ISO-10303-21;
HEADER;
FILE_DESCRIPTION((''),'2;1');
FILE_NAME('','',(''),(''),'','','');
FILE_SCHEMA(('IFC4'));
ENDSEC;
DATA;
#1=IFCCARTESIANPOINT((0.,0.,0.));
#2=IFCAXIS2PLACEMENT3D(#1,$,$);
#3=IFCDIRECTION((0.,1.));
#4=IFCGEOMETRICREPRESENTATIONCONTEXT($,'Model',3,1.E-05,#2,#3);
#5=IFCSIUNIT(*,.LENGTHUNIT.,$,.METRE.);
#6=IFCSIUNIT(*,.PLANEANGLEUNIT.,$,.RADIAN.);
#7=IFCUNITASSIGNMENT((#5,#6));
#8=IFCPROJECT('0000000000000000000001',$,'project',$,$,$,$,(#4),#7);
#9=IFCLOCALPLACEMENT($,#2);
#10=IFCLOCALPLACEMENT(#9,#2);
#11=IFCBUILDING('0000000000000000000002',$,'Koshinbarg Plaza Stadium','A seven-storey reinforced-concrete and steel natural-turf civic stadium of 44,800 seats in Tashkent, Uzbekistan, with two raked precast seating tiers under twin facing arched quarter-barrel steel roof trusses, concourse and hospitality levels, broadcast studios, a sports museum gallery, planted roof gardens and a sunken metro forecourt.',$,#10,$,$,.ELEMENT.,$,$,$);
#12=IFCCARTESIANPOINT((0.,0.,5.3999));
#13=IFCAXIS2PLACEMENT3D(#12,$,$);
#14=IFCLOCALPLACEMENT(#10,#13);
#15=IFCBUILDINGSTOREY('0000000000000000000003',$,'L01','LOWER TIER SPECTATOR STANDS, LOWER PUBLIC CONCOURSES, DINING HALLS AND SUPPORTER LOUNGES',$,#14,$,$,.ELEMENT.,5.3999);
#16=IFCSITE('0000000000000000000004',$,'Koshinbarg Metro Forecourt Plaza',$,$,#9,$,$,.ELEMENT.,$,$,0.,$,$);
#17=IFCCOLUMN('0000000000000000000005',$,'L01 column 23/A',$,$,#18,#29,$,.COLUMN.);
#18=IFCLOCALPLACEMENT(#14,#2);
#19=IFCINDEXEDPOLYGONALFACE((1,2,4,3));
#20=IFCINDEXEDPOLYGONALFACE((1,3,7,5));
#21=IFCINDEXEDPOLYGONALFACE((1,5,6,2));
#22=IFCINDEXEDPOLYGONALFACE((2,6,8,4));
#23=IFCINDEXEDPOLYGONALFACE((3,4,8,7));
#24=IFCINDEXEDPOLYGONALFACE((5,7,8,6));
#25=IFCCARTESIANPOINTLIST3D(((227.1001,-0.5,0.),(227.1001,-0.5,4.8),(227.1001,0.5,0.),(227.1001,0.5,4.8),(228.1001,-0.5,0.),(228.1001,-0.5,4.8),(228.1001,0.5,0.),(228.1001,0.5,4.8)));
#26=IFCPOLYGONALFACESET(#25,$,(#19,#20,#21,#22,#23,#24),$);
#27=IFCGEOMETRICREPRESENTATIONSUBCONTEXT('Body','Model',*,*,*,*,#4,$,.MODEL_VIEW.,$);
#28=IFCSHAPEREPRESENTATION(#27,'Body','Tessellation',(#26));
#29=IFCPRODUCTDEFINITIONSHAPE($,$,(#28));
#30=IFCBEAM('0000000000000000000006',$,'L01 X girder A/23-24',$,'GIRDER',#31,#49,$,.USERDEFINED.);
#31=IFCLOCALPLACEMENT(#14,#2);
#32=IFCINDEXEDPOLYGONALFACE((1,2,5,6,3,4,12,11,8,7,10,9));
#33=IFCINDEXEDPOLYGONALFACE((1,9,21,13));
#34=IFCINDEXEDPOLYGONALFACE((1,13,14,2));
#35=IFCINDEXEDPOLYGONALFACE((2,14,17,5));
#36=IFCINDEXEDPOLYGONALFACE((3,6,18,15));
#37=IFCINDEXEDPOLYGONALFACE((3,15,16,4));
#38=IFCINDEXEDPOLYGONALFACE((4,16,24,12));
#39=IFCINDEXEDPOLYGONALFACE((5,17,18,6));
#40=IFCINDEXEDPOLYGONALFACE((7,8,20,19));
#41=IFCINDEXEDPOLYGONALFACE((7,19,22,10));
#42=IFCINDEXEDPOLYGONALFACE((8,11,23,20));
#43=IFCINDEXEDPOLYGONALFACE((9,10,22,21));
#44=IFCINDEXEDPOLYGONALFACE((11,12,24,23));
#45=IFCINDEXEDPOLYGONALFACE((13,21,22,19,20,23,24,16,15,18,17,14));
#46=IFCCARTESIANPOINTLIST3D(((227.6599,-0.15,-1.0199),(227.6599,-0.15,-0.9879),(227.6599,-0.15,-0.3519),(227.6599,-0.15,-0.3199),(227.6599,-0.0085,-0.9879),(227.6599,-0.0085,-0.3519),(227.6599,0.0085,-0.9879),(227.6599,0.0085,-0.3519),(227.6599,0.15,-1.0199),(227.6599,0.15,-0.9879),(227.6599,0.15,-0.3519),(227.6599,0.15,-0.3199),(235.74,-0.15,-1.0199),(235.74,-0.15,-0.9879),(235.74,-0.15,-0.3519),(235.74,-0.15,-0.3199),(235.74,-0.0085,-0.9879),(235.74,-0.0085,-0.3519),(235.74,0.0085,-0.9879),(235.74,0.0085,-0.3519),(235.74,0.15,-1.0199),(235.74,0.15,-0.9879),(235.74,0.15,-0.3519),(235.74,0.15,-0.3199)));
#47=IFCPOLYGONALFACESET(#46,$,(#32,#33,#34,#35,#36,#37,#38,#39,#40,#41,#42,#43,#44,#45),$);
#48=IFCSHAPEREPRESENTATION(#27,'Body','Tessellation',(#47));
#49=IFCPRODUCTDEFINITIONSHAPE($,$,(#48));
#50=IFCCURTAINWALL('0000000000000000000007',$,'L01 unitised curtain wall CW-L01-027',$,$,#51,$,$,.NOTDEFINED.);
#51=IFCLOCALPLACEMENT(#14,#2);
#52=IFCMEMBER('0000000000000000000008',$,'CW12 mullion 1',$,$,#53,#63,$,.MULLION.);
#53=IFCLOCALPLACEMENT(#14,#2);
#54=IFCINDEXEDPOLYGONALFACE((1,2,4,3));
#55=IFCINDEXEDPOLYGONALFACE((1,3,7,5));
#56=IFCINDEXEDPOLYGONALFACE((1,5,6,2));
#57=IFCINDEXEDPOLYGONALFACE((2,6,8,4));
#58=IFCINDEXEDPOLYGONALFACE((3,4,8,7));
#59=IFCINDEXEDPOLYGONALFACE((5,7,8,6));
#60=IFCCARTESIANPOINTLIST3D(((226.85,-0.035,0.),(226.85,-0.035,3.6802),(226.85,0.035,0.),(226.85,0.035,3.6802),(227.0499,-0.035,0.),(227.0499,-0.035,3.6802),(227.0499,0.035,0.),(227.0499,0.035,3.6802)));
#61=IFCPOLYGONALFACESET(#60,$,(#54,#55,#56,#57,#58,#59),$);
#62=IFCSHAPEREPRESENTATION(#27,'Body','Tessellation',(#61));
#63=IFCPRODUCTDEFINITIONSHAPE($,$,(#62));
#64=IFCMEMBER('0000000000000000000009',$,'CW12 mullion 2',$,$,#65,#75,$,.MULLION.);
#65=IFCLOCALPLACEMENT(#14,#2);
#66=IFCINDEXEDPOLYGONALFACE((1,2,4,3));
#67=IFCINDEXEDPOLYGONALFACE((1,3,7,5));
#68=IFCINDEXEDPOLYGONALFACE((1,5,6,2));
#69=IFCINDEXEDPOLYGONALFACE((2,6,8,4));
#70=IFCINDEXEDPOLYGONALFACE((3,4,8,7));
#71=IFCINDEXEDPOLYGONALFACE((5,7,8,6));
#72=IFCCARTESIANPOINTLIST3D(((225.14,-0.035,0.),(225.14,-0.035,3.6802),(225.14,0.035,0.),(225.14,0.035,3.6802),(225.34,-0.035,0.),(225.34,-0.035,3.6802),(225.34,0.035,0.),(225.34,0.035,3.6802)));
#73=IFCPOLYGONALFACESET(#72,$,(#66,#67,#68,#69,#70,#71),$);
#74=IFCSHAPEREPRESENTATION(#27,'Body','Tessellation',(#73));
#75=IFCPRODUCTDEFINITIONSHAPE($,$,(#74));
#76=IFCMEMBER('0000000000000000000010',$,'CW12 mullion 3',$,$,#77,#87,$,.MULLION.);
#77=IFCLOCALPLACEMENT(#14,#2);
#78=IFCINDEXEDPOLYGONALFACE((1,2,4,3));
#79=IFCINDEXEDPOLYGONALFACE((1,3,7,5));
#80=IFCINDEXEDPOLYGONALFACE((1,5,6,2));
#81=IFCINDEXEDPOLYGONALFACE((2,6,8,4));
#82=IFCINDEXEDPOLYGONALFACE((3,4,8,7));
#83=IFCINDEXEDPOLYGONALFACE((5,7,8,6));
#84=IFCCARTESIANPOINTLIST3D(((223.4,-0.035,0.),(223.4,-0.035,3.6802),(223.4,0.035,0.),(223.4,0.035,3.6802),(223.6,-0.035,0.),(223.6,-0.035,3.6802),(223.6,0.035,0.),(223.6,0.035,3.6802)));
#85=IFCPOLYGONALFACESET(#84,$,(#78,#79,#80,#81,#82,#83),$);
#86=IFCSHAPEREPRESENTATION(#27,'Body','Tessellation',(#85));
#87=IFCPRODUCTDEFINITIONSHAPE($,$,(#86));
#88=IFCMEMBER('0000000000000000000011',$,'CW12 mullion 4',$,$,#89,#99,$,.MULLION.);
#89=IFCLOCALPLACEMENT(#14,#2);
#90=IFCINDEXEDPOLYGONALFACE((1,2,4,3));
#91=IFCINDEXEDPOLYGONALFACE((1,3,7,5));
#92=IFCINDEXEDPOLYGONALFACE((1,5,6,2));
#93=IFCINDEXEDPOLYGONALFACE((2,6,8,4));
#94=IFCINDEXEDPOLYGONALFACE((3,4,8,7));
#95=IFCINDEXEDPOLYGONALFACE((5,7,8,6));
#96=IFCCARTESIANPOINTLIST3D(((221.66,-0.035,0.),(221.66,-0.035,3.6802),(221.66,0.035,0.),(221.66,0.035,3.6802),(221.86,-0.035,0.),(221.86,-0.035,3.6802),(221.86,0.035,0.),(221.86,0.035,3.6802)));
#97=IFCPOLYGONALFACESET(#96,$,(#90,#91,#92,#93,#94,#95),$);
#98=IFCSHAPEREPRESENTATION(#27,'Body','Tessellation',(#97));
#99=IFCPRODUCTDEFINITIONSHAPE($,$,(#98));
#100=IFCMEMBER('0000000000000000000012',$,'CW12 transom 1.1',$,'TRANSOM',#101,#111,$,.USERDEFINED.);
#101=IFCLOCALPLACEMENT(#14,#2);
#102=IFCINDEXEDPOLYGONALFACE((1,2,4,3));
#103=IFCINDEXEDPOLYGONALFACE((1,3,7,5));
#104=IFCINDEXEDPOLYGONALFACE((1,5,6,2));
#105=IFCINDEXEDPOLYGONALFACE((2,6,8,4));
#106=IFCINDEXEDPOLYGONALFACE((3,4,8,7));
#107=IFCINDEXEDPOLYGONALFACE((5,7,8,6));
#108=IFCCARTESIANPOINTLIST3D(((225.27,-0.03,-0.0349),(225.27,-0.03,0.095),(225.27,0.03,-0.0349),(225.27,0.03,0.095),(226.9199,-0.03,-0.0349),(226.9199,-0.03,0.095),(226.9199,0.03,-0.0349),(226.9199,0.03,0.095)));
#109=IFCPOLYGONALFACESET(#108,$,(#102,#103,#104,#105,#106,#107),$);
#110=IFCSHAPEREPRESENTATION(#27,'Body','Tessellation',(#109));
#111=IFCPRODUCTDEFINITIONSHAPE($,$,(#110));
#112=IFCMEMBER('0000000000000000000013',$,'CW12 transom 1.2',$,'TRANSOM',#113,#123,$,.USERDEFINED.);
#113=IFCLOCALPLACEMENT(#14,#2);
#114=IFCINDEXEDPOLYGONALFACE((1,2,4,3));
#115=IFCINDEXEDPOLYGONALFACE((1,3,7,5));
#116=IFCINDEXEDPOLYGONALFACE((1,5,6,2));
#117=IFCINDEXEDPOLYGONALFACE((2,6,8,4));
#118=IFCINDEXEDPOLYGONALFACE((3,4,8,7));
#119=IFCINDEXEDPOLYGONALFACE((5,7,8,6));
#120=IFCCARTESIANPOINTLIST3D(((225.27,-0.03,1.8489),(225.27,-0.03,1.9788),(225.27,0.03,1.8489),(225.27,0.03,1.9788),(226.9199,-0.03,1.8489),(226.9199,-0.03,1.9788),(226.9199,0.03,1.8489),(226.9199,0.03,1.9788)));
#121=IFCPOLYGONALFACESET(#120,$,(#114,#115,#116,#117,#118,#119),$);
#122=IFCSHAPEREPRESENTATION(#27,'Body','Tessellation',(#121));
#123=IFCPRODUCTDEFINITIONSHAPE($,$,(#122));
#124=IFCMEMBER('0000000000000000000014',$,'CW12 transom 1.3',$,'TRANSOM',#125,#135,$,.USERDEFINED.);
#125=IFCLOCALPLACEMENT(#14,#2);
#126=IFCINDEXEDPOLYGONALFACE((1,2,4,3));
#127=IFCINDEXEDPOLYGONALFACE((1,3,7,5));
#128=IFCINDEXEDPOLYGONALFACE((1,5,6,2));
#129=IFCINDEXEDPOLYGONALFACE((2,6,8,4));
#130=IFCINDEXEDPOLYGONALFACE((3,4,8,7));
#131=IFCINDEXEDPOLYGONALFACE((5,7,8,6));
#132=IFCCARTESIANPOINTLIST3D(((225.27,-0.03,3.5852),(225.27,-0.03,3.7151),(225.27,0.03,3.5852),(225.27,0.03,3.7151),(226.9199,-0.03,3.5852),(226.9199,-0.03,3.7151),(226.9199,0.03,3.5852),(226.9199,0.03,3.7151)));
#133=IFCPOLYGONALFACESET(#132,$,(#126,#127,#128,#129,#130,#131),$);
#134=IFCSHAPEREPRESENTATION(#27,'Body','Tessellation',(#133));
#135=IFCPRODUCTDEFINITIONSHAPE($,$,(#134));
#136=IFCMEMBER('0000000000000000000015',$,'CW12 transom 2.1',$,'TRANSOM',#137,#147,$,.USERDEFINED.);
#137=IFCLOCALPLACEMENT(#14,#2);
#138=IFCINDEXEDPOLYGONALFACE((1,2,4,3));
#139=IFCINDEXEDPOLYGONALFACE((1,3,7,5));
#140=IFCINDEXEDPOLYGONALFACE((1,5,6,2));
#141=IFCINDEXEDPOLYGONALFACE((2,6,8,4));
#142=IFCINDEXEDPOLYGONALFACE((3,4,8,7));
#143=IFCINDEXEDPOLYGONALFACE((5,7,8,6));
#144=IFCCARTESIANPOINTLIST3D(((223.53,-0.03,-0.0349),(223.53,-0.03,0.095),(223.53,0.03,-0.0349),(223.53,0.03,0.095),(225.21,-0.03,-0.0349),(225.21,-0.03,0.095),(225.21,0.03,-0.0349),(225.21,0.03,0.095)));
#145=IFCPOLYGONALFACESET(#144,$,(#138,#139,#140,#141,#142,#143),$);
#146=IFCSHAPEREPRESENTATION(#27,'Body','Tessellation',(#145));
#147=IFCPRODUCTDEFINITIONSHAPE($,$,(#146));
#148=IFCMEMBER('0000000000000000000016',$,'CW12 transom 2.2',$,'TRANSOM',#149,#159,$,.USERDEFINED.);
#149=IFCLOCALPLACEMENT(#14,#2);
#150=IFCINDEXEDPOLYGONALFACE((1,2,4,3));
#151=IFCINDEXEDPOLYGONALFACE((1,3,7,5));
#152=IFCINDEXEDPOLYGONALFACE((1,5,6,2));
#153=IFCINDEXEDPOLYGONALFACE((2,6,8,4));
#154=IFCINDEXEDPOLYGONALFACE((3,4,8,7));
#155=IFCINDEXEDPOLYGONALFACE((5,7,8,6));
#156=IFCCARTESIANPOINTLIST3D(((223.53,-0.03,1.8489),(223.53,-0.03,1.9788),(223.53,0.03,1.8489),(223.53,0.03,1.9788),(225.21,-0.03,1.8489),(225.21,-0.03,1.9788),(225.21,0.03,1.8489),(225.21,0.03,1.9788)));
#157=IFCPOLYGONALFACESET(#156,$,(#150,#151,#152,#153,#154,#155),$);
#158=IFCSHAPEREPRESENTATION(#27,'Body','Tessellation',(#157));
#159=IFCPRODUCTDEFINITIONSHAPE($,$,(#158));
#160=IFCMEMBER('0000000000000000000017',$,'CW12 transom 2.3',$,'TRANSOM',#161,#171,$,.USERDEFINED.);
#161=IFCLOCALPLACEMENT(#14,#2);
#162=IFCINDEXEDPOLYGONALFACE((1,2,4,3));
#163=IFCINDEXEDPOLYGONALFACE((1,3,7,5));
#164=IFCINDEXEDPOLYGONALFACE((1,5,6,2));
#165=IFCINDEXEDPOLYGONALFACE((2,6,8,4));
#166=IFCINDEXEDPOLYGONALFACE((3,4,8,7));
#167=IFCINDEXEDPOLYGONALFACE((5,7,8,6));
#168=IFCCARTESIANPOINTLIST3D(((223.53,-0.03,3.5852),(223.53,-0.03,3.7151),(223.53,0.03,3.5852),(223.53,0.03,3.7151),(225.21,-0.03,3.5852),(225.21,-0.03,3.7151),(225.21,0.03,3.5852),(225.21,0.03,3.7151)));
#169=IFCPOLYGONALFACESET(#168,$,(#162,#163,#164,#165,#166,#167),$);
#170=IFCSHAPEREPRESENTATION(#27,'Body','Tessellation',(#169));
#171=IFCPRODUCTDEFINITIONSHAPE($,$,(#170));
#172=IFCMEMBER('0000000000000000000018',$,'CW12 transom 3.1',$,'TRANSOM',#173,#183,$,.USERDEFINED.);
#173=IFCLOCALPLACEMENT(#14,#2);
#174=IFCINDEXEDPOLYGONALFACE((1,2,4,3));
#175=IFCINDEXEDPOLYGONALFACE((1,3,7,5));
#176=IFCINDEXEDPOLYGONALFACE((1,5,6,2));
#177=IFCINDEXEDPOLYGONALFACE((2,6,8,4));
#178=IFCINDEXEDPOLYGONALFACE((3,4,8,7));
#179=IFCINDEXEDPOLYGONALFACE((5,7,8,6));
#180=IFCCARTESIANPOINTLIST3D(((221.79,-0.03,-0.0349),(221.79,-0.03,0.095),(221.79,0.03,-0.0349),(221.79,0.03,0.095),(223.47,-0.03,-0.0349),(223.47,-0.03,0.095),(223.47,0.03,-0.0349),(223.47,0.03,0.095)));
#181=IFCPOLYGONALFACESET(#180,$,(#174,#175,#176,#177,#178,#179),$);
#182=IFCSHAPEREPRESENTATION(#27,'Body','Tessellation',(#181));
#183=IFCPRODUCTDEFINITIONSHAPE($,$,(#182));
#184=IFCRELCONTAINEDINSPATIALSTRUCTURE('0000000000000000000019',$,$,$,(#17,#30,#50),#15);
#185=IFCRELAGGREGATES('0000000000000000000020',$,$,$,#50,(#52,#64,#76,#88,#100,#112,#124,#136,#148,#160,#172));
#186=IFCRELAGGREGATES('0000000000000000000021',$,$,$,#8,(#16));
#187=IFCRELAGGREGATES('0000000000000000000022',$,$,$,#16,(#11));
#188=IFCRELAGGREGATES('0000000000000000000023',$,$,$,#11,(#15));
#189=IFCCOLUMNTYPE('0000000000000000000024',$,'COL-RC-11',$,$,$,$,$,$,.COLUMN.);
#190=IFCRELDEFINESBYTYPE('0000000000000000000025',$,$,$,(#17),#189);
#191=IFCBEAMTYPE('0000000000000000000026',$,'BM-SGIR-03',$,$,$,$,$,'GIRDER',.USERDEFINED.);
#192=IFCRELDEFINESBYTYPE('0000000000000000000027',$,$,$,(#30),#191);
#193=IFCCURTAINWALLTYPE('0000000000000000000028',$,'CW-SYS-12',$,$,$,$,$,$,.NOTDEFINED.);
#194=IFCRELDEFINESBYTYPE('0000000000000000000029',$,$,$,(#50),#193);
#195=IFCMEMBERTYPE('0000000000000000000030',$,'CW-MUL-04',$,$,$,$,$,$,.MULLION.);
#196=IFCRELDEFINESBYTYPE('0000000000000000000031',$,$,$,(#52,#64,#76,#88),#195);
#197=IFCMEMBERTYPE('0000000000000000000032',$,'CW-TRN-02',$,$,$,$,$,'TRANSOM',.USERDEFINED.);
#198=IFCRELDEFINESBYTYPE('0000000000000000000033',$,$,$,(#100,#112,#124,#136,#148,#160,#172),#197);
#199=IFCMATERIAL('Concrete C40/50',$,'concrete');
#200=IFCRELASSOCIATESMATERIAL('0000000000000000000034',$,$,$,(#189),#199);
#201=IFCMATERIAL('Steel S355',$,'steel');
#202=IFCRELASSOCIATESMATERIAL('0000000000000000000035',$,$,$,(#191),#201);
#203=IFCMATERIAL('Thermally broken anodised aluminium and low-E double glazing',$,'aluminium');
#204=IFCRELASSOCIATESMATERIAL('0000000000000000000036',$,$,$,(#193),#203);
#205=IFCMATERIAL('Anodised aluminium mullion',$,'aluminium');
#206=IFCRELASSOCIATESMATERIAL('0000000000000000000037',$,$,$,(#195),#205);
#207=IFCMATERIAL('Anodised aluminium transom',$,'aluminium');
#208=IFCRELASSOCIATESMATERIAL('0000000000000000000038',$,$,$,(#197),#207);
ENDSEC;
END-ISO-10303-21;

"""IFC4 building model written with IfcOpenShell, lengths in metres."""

from ifc_helpers import new_model, si_unit, direction, frame, origin, origin_2d, place, context, subcontext, project, spatial, rectangle, i_section, extrude, material, material_profile, profile_set, type_object, element, aggregate, save


model = new_model("IFC4")

# Units and contexts
model_context = context("Model", 3, precision=1e-05, world=origin(), true_north=direction((0.0, 1.0)))
body_context = subcontext(model_context, "Body", "Model", "MODEL_VIEW")
ifc_project = project(units=[si_unit("LENGTHUNIT", "METRE"), si_unit("PLANEANGLEUNIT", "RADIAN")], contexts=[model_context])

# Site, building, storey
site_placement = place(None, origin())
site = spatial("IfcSite", under=ifc_project, at=site_placement, Name="Koshinbarg Metro Forecourt Plaza", CompositionType="ELEMENT", RefElevation=0.0)
building_placement = place(site_placement, origin())
building = spatial("IfcBuilding", under=site, at=building_placement, Name="Koshinbarg Plaza Stadium", Description="A seven-storey reinforced-concrete and steel natural-turf civic stadium of 44,800 seats in Tashkent, Uzbekistan, with two raked precast seating tiers under twin facing arched quarter-barrel steel roof trusses, concourse and hospitality levels, broadcast studios, a sports museum gallery, planted roof gardens and a sunken metro forecourt.", CompositionType="ELEMENT")
storey_placement = place(building_placement, frame((0.0, 0.0, 5.3999)))
storey = spatial("IfcBuildingStorey", under=building, at=storey_placement, Name="L01", Description="LOWER TIER SPECTATOR STANDS, LOWER PUBLIC CONCOURSES, DINING HALLS AND SUPPORTER LOUNGES", CompositionType="ELEMENT", Elevation=5.3999)

# Column
ifc_material_1 = material(Name="Concrete C40/50", Category="concrete")
ifc_material_profile_1 = material_profile(ifc_material_1, rectangle(XDim=1.0, YDim=1.0, at=origin_2d()), Name="RC 1000x1000")
ifc_profile_set_1 = profile_set([ifc_material_profile_1], Name="Concrete C40/50")
column_type = type_object("IfcColumnType", Name="COL-RC-11", PredefinedType="COLUMN", material=ifc_profile_set_1)
column_placement = place(storey_placement, frame((227.6001, 0.0, 0.0), z_axis=(0.0, 0.0, 1.0), x_axis=(1.0, 0.0, 0.0)))
element("IfcColumn", 1, at=column_placement, inside=storey, type_object=column_type, Name="L01 column 23/A", PredefinedType="COLUMN", context=body_context, shape_type="SweptSolid", body=[
    extrude(rectangle(XDim=1.0, YDim=1.0, at=origin_2d()), origin(), (0.0, 0.0, 1.0), 4.8),
])

# Beam
ifc_material_2 = material(Name="Steel S355", Category="steel")
ifc_material_profile_2 = material_profile(ifc_material_2, i_section(OverallWidth=0.3, OverallDepth=0.7, WebThickness=0.0171, FlangeThickness=0.032, at=origin_2d()), Name="HEB 700")
ifc_profile_set_2 = profile_set([ifc_material_profile_2], Name="Steel S355")
beam_type = type_object("IfcBeamType", Name="BM-SGIR-03", ElementType="GIRDER", PredefinedType="USERDEFINED", material=ifc_profile_set_2)
beam_placement = place(storey_placement, frame((227.6599, 0.0, -0.6699), z_axis=(1.0, 0.0, 0.0), x_axis=(0.0, 1.0, 0.0)))
element("IfcBeam", 2, at=beam_placement, inside=storey, type_object=beam_type, Name="L01 X girder A/23-24", ObjectType="GIRDER", PredefinedType="USERDEFINED", context=body_context, shape_type="SweptSolid", body=[
    extrude(i_section(OverallWidth=0.3, OverallDepth=0.7, WebThickness=0.0171, FlangeThickness=0.032, at=origin_2d()), origin(), (0.0, 0.0, 1.0), 8.0801),
])

# Curtain wall, members
ifc_material_3 = material(Name="Thermally broken anodised aluminium and low-E double glazing", Category="aluminium")
curtain_wall_type = type_object("IfcCurtainWallType", Name="CW-SYS-12", PredefinedType="NOTDEFINED", material=ifc_material_3)
curtain_wall_placement = place(storey_placement, origin())
curtain_wall = element("IfcCurtainWall", 3, at=curtain_wall_placement, inside=storey, type_object=curtain_wall_type, Name="L01 unitised curtain wall CW-L01-027", PredefinedType="NOTDEFINED")
ifc_material_4 = material(Name="Anodised aluminium mullion", Category="aluminium")
ifc_material_profile_3 = material_profile(ifc_material_4, rectangle(XDim=0.0701, YDim=0.2, at=origin_2d()), Name="ALU 70x200")
ifc_profile_set_3 = profile_set([ifc_material_profile_3], Name="Anodised aluminium mullion")
member_type_1 = type_object("IfcMemberType", Name="CW-MUL-04", PredefinedType="MULLION", material=ifc_profile_set_3)
member_1_placement = place(storey_placement, frame((226.95, 0.0, 0.0), z_axis=(0.0, 0.0, 1.0), x_axis=(0.0, -1.0, 0.0)))
member_1 = element("IfcMember", 4, at=member_1_placement, type_object=member_type_1, Name="CW12 mullion 1", PredefinedType="MULLION", context=body_context, shape_type="SweptSolid", body=[
    extrude(rectangle(XDim=0.0701, YDim=0.2, at=origin_2d()), origin(), (0.0, 0.0, 1.0), 3.6802),
])
member_2_placement = place(storey_placement, frame((225.24, 0.0, 0.0), z_axis=(0.0, 0.0, 1.0), x_axis=(0.0, -1.0, 0.0)))
member_2 = element("IfcMember", 5, at=member_2_placement, type_object=member_type_1, Name="CW12 mullion 2", PredefinedType="MULLION", context=body_context, shape_type="SweptSolid", body=[
    extrude(rectangle(XDim=0.0701, YDim=0.2, at=origin_2d()), origin(), (0.0, 0.0, 1.0), 3.6802),
])
member_3_placement = place(storey_placement, frame((223.5, 0.0, 0.0), z_axis=(0.0, 0.0, 1.0), x_axis=(0.0, -1.0, 0.0)))
member_3 = element("IfcMember", 6, at=member_3_placement, type_object=member_type_1, Name="CW12 mullion 3", PredefinedType="MULLION", context=body_context, shape_type="SweptSolid", body=[
    extrude(rectangle(XDim=0.0701, YDim=0.2, at=origin_2d()), origin(), (0.0, 0.0, 1.0), 3.6802),
])
member_4_placement = place(storey_placement, frame((221.76, 0.0, 0.0), z_axis=(0.0, 0.0, 1.0), x_axis=(0.0, -1.0, 0.0)))
member_4 = element("IfcMember", 7, at=member_4_placement, type_object=member_type_1, Name="CW12 mullion 4", PredefinedType="MULLION", context=body_context, shape_type="SweptSolid", body=[
    extrude(rectangle(XDim=0.0701, YDim=0.2, at=origin_2d()), origin(), (0.0, 0.0, 1.0), 3.6802),
])
ifc_material_5 = material(Name="Anodised aluminium transom", Category="aluminium")
ifc_material_profile_4 = material_profile(ifc_material_5, rectangle(XDim=0.0601, YDim=0.1299, at=origin_2d()), Name="ALU 60x130")
ifc_profile_set_4 = profile_set([ifc_material_profile_4], Name="Anodised aluminium transom")
member_type_2 = type_object("IfcMemberType", Name="CW-TRN-02", ElementType="TRANSOM", PredefinedType="USERDEFINED", material=ifc_profile_set_4)
member_5_placement = place(storey_placement, frame((226.9199, 0.0, 0.03), z_axis=(-1.0, 0.0, 0.0), x_axis=(0.0, -1.0, 0.0)))
member_5 = element("IfcMember", 8, at=member_5_placement, type_object=member_type_2, Name="CW12 transom 1.1", ObjectType="TRANSOM", PredefinedType="USERDEFINED", context=body_context, shape_type="SweptSolid", body=[
    extrude(rectangle(XDim=0.0601, YDim=0.1299, at=origin_2d()), origin(), (0.0, 0.0, 1.0), 1.6499),
])
member_6_placement = place(storey_placement, frame((226.9199, 0.0, 1.9138), z_axis=(-1.0, 0.0, 0.0), x_axis=(0.0, -1.0, 0.0)))
member_6 = element("IfcMember", 9, at=member_6_placement, type_object=member_type_2, Name="CW12 transom 1.2", ObjectType="TRANSOM", PredefinedType="USERDEFINED", context=body_context, shape_type="SweptSolid", body=[
    extrude(rectangle(XDim=0.0601, YDim=0.1299, at=origin_2d()), origin(), (0.0, 0.0, 1.0), 1.6499),
])
member_7_placement = place(storey_placement, frame((226.9199, 0.0, 3.6501), z_axis=(-1.0, 0.0, 0.0), x_axis=(0.0, -1.0, 0.0)))
member_7 = element("IfcMember", 10, at=member_7_placement, type_object=member_type_2, Name="CW12 transom 1.3", ObjectType="TRANSOM", PredefinedType="USERDEFINED", context=body_context, shape_type="SweptSolid", body=[
    extrude(rectangle(XDim=0.0601, YDim=0.1299, at=origin_2d()), origin(), (0.0, 0.0, 1.0), 1.6499),
])
member_8_placement = place(storey_placement, frame((225.21, 0.0, 0.03), z_axis=(-1.0, 0.0, 0.0), x_axis=(0.0, -1.0, 0.0)))
member_8 = element("IfcMember", 11, at=member_8_placement, type_object=member_type_2, Name="CW12 transom 2.1", ObjectType="TRANSOM", PredefinedType="USERDEFINED", context=body_context, shape_type="SweptSolid", body=[
    extrude(rectangle(XDim=0.0601, YDim=0.1299, at=origin_2d()), origin(), (0.0, 0.0, 1.0), 1.6799),
])
member_9_placement = place(storey_placement, frame((225.21, 0.0, 1.9138), z_axis=(-1.0, 0.0, 0.0), x_axis=(0.0, -1.0, 0.0)))
member_9 = element("IfcMember", 12, at=member_9_placement, type_object=member_type_2, Name="CW12 transom 2.2", ObjectType="TRANSOM", PredefinedType="USERDEFINED", context=body_context, shape_type="SweptSolid", body=[
    extrude(rectangle(XDim=0.0601, YDim=0.1299, at=origin_2d()), origin(), (0.0, 0.0, 1.0), 1.6799),
])
member_10_placement = place(storey_placement, frame((225.21, 0.0, 3.6501), z_axis=(-1.0, 0.0, 0.0), x_axis=(0.0, -1.0, 0.0)))
member_10 = element("IfcMember", 13, at=member_10_placement, type_object=member_type_2, Name="CW12 transom 2.3", ObjectType="TRANSOM", PredefinedType="USERDEFINED", context=body_context, shape_type="SweptSolid", body=[
    extrude(rectangle(XDim=0.0601, YDim=0.1299, at=origin_2d()), origin(), (0.0, 0.0, 1.0), 1.6799),
])
member_11_placement = place(storey_placement, frame((223.47, 0.0, 0.03), z_axis=(-1.0, 0.0, 0.0), x_axis=(0.0, -1.0, 0.0)))
member_11 = element("IfcMember", 14, at=member_11_placement, type_object=member_type_2, Name="CW12 transom 3.1", ObjectType="TRANSOM", PredefinedType="USERDEFINED", context=body_context, shape_type="SweptSolid", body=[
    extrude(rectangle(XDim=0.0601, YDim=0.1299, at=origin_2d()), origin(), (0.0, 0.0, 1.0), 1.6799),
])
aggregate(curtain_wall, [member_1, member_2, member_3, member_4, member_5, member_6, member_7, member_8, member_9, member_10, member_11])

save(model, "model.ifc")
